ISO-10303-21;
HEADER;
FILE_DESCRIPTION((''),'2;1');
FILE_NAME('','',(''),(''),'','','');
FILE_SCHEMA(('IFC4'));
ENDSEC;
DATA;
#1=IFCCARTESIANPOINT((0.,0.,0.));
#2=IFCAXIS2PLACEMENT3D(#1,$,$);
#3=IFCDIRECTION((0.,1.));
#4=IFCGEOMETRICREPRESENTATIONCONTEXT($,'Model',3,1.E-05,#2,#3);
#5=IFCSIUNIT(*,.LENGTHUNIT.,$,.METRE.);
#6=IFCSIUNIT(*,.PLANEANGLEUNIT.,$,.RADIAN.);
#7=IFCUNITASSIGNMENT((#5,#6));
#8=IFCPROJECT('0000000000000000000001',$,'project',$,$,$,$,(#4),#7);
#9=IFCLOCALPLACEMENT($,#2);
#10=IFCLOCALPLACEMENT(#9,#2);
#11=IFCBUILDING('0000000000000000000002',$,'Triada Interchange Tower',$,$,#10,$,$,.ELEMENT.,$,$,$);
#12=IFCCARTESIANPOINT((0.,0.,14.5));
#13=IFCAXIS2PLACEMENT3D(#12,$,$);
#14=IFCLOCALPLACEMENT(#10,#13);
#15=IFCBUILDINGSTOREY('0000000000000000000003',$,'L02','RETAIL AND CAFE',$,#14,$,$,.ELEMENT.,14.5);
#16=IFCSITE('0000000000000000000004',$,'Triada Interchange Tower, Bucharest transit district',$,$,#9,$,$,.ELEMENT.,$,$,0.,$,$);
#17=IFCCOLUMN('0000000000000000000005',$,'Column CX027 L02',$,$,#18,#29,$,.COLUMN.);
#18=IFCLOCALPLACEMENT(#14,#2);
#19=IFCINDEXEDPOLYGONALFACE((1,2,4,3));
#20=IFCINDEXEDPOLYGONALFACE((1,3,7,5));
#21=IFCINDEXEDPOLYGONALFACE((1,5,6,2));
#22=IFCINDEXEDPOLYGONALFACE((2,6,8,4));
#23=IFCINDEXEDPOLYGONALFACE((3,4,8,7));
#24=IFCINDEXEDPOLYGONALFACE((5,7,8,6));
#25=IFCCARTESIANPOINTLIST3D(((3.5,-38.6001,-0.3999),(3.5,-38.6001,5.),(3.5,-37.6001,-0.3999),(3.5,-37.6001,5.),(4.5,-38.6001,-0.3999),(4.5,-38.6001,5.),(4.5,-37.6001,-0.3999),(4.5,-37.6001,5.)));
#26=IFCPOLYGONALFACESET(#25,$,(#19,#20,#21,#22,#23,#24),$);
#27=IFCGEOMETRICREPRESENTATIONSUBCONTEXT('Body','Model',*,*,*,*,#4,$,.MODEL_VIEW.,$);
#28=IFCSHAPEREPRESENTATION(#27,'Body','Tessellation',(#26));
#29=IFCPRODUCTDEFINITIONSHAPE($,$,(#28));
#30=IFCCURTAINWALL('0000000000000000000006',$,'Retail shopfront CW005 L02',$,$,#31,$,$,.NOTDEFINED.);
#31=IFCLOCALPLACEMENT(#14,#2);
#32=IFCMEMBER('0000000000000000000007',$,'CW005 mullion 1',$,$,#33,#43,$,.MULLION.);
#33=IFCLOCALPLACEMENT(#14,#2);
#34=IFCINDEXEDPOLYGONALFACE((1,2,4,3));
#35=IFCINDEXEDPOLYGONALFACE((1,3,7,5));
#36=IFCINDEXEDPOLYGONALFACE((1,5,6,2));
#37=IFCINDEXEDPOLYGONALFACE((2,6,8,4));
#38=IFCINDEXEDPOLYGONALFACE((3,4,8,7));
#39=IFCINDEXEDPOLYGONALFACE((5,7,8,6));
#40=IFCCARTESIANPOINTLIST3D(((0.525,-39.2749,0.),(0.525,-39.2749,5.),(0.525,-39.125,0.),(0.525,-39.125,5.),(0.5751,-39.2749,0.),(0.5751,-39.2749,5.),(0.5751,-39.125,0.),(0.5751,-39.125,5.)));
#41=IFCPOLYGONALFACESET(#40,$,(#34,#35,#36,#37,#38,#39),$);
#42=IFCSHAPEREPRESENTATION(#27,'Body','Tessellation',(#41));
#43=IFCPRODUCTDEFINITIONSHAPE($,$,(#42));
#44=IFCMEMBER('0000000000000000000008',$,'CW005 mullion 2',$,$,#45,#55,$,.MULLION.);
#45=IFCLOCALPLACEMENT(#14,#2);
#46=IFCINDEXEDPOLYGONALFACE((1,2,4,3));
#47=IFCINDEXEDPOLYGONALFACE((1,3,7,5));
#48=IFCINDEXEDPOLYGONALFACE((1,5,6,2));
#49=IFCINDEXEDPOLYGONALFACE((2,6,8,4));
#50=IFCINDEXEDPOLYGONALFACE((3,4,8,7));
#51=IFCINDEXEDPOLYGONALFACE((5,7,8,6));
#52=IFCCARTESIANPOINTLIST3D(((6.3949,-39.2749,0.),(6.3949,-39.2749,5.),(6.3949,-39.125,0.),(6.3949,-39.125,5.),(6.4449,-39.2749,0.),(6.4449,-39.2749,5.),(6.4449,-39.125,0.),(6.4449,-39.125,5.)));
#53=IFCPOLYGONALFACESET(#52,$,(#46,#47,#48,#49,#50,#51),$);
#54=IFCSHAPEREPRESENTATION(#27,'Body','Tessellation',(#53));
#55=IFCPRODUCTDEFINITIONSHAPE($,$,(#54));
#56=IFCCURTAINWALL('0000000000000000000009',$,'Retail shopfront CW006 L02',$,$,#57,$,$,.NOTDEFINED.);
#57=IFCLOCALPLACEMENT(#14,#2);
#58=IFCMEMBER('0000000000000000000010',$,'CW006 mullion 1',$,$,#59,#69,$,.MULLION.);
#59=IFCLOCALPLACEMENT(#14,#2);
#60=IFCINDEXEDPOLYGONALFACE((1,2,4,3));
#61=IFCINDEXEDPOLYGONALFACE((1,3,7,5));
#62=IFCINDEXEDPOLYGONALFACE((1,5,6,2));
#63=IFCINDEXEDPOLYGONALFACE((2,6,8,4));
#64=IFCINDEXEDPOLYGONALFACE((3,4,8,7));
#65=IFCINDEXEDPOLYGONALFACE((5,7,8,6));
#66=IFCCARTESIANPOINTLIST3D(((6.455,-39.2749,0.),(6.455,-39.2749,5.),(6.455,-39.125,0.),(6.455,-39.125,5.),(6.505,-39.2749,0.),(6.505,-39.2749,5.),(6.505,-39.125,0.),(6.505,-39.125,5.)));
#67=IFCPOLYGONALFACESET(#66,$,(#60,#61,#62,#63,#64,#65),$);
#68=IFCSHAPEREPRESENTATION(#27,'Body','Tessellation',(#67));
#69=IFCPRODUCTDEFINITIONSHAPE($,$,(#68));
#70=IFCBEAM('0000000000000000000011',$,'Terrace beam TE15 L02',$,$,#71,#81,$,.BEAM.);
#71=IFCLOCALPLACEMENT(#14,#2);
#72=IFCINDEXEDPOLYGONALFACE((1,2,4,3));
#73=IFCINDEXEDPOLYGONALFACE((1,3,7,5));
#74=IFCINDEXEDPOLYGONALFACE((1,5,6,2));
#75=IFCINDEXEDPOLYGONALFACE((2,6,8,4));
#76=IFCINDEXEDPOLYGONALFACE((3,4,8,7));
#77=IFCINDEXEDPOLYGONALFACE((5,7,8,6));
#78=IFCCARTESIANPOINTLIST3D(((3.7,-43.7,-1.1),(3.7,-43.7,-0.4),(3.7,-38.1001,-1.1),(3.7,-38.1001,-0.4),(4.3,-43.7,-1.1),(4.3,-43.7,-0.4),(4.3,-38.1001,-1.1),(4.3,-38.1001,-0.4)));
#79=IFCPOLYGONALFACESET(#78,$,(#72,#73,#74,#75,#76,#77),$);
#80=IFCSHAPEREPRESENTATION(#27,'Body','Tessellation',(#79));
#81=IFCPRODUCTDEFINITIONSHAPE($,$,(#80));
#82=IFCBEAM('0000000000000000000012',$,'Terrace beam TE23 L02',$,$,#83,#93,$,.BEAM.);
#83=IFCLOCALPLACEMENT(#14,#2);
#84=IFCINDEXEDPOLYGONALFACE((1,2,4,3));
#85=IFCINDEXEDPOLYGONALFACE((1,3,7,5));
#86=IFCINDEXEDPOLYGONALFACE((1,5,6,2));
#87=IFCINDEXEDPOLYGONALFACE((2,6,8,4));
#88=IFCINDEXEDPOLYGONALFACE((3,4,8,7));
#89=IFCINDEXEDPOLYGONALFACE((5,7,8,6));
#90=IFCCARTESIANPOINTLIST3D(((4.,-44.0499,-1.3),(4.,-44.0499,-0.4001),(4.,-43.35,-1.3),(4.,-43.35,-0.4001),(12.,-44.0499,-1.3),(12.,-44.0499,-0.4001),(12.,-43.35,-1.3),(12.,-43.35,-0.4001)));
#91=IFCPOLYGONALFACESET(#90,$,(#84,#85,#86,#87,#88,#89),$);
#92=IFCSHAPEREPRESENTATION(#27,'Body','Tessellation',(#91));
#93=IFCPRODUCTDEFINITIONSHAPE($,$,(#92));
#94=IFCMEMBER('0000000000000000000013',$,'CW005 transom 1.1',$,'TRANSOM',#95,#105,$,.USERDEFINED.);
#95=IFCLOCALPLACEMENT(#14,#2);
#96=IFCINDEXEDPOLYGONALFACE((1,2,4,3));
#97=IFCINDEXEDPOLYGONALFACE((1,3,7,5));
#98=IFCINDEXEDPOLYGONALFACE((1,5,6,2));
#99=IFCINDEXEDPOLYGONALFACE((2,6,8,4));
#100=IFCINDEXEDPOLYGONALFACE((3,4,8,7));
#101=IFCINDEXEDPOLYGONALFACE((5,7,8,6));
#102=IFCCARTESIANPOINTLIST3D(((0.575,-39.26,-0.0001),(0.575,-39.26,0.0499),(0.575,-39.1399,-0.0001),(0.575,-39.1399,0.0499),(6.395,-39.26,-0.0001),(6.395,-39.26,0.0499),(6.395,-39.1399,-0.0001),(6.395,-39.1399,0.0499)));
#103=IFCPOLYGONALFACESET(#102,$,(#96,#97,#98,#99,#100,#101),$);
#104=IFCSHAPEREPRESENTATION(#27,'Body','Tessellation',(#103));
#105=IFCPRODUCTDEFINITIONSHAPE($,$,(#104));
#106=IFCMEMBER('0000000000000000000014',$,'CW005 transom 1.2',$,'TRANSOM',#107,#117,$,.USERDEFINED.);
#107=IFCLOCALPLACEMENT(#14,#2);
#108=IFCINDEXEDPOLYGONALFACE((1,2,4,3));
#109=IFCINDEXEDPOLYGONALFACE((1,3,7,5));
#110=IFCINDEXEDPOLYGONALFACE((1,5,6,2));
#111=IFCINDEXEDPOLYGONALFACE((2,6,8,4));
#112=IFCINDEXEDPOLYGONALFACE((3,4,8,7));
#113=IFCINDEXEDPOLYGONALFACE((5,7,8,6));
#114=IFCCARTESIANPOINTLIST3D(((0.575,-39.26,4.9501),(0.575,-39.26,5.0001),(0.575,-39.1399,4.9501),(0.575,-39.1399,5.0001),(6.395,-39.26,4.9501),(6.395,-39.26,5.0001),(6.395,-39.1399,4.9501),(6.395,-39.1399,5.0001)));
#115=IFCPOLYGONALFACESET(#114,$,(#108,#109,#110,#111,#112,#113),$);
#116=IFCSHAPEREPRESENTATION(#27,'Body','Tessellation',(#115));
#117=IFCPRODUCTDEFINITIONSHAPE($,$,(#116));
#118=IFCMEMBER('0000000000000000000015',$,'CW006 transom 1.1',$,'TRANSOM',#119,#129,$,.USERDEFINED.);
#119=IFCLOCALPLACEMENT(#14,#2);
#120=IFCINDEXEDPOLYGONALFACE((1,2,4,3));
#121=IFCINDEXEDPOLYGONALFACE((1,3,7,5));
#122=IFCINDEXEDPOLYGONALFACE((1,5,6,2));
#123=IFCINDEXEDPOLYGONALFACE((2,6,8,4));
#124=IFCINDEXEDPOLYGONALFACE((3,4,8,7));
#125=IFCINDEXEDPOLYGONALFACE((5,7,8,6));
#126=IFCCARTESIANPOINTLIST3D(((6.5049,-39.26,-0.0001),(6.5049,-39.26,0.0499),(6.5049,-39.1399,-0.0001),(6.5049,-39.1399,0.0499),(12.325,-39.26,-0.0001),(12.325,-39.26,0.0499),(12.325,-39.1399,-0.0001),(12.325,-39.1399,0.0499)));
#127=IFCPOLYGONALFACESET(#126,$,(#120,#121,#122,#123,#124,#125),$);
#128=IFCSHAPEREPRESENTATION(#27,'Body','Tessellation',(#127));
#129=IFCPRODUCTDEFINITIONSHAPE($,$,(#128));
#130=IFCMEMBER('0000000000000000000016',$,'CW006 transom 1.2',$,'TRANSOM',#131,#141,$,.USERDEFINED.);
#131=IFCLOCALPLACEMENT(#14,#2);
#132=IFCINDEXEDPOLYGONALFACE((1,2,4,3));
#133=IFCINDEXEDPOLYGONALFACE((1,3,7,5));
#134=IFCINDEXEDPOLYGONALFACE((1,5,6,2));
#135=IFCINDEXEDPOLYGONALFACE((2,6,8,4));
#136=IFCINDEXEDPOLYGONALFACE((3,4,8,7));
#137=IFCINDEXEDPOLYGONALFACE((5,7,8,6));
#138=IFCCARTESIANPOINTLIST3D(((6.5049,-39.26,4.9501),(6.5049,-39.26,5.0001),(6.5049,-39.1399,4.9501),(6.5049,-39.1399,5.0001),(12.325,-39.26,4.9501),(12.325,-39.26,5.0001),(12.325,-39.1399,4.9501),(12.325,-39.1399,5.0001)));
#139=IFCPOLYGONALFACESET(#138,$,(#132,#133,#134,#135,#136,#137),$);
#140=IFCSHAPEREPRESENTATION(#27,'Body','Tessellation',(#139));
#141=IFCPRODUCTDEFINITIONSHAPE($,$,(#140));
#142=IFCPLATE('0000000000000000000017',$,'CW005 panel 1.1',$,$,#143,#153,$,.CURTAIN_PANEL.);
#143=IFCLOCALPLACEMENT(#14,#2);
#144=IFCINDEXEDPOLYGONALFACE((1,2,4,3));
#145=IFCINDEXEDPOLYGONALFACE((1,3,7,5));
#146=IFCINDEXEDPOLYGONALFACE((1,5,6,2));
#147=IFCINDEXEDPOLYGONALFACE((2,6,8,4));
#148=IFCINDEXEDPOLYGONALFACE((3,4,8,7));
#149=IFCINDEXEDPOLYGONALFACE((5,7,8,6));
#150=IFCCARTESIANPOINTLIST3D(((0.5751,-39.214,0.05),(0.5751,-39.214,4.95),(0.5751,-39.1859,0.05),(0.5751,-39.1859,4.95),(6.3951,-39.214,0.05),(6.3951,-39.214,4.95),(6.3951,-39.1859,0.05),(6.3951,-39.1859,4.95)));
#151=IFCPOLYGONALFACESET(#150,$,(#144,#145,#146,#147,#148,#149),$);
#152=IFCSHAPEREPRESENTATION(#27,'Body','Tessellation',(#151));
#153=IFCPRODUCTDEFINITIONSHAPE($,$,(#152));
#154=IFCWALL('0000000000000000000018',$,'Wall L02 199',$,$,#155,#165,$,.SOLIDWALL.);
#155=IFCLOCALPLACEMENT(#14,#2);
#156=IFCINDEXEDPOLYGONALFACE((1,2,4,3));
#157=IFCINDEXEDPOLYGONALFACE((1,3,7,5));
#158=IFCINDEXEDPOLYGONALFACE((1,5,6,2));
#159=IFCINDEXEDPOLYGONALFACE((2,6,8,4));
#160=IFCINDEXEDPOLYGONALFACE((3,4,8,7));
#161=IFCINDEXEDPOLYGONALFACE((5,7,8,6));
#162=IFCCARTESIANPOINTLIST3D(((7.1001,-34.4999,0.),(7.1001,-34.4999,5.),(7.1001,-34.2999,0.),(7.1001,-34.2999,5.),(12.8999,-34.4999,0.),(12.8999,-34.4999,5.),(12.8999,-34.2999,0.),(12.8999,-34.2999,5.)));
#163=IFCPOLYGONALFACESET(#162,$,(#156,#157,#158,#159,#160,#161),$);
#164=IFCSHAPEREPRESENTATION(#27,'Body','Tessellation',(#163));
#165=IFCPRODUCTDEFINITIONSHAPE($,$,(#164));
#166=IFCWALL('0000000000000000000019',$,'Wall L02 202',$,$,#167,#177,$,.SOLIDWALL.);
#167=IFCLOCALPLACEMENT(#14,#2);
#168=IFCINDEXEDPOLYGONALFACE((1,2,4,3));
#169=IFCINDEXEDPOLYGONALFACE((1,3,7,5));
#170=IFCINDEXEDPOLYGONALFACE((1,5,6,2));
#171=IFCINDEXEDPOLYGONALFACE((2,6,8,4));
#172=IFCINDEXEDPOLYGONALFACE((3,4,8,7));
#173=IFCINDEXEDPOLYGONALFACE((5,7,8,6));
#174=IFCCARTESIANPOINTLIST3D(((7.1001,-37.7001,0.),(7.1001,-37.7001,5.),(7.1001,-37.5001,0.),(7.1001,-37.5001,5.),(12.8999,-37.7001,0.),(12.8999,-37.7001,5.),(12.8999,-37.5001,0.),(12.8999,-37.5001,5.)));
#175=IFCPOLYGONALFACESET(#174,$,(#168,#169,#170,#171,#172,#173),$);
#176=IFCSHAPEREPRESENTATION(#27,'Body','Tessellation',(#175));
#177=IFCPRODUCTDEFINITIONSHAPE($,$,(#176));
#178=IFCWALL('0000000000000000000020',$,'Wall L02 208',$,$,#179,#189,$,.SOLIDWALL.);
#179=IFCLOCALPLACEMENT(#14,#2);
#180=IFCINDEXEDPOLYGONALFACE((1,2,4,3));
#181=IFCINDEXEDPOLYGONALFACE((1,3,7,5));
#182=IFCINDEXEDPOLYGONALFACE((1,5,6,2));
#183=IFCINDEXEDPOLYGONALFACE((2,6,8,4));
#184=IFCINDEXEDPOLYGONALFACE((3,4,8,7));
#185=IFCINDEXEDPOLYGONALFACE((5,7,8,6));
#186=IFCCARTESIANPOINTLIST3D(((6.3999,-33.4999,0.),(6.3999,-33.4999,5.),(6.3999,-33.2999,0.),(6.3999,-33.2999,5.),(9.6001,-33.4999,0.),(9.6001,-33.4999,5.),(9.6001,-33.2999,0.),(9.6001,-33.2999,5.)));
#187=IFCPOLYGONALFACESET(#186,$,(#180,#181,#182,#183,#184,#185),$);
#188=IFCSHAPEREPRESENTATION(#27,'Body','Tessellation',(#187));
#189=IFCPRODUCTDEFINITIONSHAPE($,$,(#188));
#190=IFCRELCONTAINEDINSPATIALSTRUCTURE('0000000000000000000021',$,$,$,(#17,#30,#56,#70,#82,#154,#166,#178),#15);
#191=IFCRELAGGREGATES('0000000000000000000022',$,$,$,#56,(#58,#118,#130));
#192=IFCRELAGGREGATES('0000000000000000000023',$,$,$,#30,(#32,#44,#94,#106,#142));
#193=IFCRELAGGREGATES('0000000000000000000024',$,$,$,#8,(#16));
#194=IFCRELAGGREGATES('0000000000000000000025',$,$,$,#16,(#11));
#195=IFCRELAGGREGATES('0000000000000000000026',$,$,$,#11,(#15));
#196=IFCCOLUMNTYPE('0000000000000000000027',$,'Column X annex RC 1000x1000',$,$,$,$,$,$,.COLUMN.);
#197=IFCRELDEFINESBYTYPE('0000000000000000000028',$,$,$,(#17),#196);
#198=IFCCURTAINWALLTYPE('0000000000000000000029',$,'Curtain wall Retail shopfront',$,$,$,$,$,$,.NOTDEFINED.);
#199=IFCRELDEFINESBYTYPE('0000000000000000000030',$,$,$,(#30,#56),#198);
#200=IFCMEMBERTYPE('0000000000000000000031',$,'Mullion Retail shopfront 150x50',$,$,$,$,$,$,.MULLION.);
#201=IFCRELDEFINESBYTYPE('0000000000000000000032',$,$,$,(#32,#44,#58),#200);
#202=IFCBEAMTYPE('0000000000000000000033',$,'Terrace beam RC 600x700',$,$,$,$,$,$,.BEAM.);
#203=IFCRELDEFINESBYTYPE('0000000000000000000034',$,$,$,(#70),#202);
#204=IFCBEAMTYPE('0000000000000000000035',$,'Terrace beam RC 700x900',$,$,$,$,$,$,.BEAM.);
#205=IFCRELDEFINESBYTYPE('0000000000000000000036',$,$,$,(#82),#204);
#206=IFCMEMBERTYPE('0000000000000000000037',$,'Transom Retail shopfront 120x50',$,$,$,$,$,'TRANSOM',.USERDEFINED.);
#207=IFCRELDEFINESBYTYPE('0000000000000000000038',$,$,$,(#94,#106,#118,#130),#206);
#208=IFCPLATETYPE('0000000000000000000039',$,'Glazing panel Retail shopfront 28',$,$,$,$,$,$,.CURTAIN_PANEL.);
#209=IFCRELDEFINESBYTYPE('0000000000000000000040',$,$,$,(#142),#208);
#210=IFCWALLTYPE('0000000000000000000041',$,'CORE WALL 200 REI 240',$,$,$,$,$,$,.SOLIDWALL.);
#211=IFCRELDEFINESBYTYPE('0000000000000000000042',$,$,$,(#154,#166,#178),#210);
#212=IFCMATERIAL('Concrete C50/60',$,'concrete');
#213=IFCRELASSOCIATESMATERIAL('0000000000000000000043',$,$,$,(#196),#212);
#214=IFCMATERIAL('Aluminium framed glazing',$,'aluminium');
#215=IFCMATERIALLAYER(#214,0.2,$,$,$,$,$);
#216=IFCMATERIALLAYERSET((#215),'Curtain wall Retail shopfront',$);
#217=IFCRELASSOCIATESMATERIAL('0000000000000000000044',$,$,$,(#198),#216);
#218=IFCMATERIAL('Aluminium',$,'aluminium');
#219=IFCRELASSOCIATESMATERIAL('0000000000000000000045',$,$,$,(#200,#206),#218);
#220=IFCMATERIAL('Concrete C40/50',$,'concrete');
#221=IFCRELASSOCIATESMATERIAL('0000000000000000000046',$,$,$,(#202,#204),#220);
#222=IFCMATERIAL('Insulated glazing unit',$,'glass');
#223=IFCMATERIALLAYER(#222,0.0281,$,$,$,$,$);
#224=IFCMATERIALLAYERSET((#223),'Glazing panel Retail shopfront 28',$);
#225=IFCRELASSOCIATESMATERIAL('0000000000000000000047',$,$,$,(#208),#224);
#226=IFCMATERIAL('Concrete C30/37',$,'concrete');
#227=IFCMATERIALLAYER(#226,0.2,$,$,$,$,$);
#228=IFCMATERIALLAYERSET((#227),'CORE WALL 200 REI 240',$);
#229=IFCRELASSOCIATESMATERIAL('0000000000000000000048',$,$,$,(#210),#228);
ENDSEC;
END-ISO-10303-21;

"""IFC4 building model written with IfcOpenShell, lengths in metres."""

from ifc_helpers import new_model, si_unit, direction, frame, frame_2d, origin, origin_2d, place, context, subcontext, project, spatial, rectangle, extrude, material, layer, layer_set, material_profile, profile_set, type_object, element, aggregate, save


model = new_model("IFC4")

# Units and contexts
model_context = context("Model", 3, precision=1e-05, world=origin(), true_north=direction((0.0, 1.0)))
body_context = subcontext(model_context, "Body", "Model", "MODEL_VIEW")
ifc_project = project(units=[si_unit("LENGTHUNIT", "METRE"), si_unit("PLANEANGLEUNIT", "RADIAN")], contexts=[model_context])

# Site, building, storey
site_placement = place(None, origin())
site = spatial("IfcSite", under=ifc_project, at=site_placement, Name="Triada Interchange Tower, Bucharest transit district", CompositionType="ELEMENT", RefElevation=0.0)
building_placement = place(site_placement, origin())
building = spatial("IfcBuilding", under=site, at=building_placement, Name="Triada Interchange Tower", CompositionType="ELEMENT")
storey_placement = place(building_placement, frame((0.0, 0.0, 14.5)))
storey = spatial("IfcBuildingStorey", under=building, at=storey_placement, Name="L02", Description="RETAIL AND CAFE", CompositionType="ELEMENT", Elevation=14.5)

# Column
ifc_material_1 = material(Name="Concrete C50/60", Category="concrete")
ifc_material_profile_1 = material_profile(ifc_material_1, rectangle(XDim=1.0, YDim=1.0, at=origin_2d()), Name="RC 1000x1000")
ifc_profile_set_1 = profile_set([ifc_material_profile_1], Name="Concrete C50/60")
column_type = type_object("IfcColumnType", Name="Column X annex RC 1000x1000", PredefinedType="COLUMN", material=ifc_profile_set_1)
column_placement = place(storey_placement, frame((4.0, -38.1001, -0.3999), z_axis=(0.0, 0.0, 1.0), x_axis=(1.0, 0.0, 0.0)))
element("IfcColumn", 1, at=column_placement, inside=storey, type_object=column_type, Name="Column CX027 L02", PredefinedType="COLUMN", context=body_context, shape_type="SweptSolid", body=[
    extrude(rectangle(XDim=1.0, YDim=1.0, at=origin_2d()), origin(), (0.0, 0.0, 1.0), 5.3999),
])

# Curtain wall, members
ifc_material_2 = material(Name="Aluminium framed glazing", Category="aluminium")
ifc_layer_1 = layer(ifc_material_2, 0.2)
ifc_layer_set_1 = layer_set([ifc_layer_1], Name="Curtain wall Retail shopfront")
curtain_wall_type = type_object("IfcCurtainWallType", Name="Curtain wall Retail shopfront", PredefinedType="NOTDEFINED", material=ifc_layer_set_1)
curtain_wall_1_placement = place(storey_placement, origin())
curtain_wall_1 = element("IfcCurtainWall", 2, at=curtain_wall_1_placement, inside=storey, type_object=curtain_wall_type, Name="Retail shopfront CW005 L02", PredefinedType="NOTDEFINED")
ifc_material_3 = material(Name="Aluminium", Category="aluminium")
ifc_material_profile_2 = material_profile(ifc_material_3, rectangle(XDim=0.1499, YDim=0.05, at=origin_2d()), Name="Aluminium mullion")
ifc_profile_set_2 = profile_set([ifc_material_profile_2], Name="Aluminium")
member_type_1 = type_object("IfcMemberType", Name="Mullion Retail shopfront 150x50", PredefinedType="MULLION", material=ifc_profile_set_2)
member_1_placement = place(storey_placement, frame((0.55, -39.2, 0.0), z_axis=(0.0, 0.0, 1.0), x_axis=(0.0, 1.0, 0.0)))
member_1 = element("IfcMember", 3, at=member_1_placement, type_object=member_type_1, Name="CW005 mullion 1", PredefinedType="MULLION", context=body_context, shape_type="SweptSolid", body=[
    extrude(rectangle(XDim=0.1499, YDim=0.05, at=origin_2d()), origin(), (0.0, 0.0, 1.0), 5.0),
])
member_2_placement = place(storey_placement, frame((6.4199, -39.2, 0.0), z_axis=(0.0, 0.0, 1.0), x_axis=(0.0, 1.0, 0.0)))
member_2 = element("IfcMember", 4, at=member_2_placement, type_object=member_type_1, Name="CW005 mullion 2", PredefinedType="MULLION", context=body_context, shape_type="SweptSolid", body=[
    extrude(rectangle(XDim=0.1499, YDim=0.05, at=origin_2d()), origin(), (0.0, 0.0, 1.0), 5.0),
])

# Curtain wall, member
curtain_wall_2_placement = place(storey_placement, origin())
curtain_wall_2 = element("IfcCurtainWall", 5, at=curtain_wall_2_placement, inside=storey, type_object=curtain_wall_type, Name="Retail shopfront CW006 L02", PredefinedType="NOTDEFINED")
member_3_placement = place(storey_placement, frame((6.48, -39.2, 0.0), z_axis=(0.0, 0.0, 1.0), x_axis=(0.0, 1.0, 0.0)))
member_3 = element("IfcMember", 6, at=member_3_placement, type_object=member_type_1, Name="CW006 mullion 1", PredefinedType="MULLION", context=body_context, shape_type="SweptSolid", body=[
    extrude(rectangle(XDim=0.1499, YDim=0.05, at=origin_2d()), origin(), (0.0, 0.0, 1.0), 5.0),
])

# Beams
ifc_material_4 = material(Name="Concrete C40/50", Category="concrete")
ifc_material_profile_3 = material_profile(ifc_material_4, rectangle(XDim=0.6001, YDim=0.7, at=origin_2d()), Name="RC 600x700")
ifc_profile_set_3 = profile_set([ifc_material_profile_3], Name="Concrete C40/50")
beam_type_1 = type_object("IfcBeamType", Name="Terrace beam RC 600x700", PredefinedType="BEAM", material=ifc_profile_set_3)
beam_1_placement = place(storey_placement, frame((4.0, -43.7, -0.75), z_axis=(0.0, 1.0, 0.0), x_axis=(-1.0, 0.0, 0.0)))
element("IfcBeam", 7, at=beam_1_placement, inside=storey, type_object=beam_type_1, Name="Terrace beam TE15 L02", PredefinedType="BEAM", context=body_context, shape_type="SweptSolid", body=[
    extrude(rectangle(XDim=0.6001, YDim=0.7, at=origin_2d()), origin(), (0.0, 0.0, 1.0), 5.5999),
])
ifc_material_profile_4 = material_profile(ifc_material_4, rectangle(XDim=0.7, YDim=0.8999, at=origin_2d()), Name="RC 700x900")
ifc_profile_set_4 = profile_set([ifc_material_profile_4], Name="Concrete C40/50")
beam_type_2 = type_object("IfcBeamType", Name="Terrace beam RC 700x900", PredefinedType="BEAM", material=ifc_profile_set_4)
beam_2_placement = place(storey_placement, frame((4.0, -43.7, -0.8501), z_axis=(1.0, 0.0, 0.0), x_axis=(0.0, 1.0, 0.0)))
element("IfcBeam", 8, at=beam_2_placement, inside=storey, type_object=beam_type_2, Name="Terrace beam TE23 L02", PredefinedType="BEAM", context=body_context, shape_type="SweptSolid", body=[
    extrude(rectangle(XDim=0.7, YDim=0.8999, at=origin_2d()), origin(), (0.0, 0.0, 1.0), 8.0),
])

# Members
ifc_material_profile_5 = material_profile(ifc_material_3, rectangle(XDim=0.1201, YDim=0.05, at=origin_2d()), Name="Aluminium transom")
ifc_profile_set_5 = profile_set([ifc_material_profile_5], Name="Aluminium")
member_type_2 = type_object("IfcMemberType", Name="Transom Retail shopfront 120x50", ElementType="TRANSOM", PredefinedType="USERDEFINED", material=ifc_profile_set_5)
member_4_placement = place(storey_placement, frame((0.575, -39.2, 0.0249), z_axis=(1.0, 0.0, 0.0), x_axis=(0.0, 1.0, 0.0)))
member_4 = element("IfcMember", 9, at=member_4_placement, type_object=member_type_2, Name="CW005 transom 1.1", ObjectType="TRANSOM", PredefinedType="USERDEFINED", context=body_context, shape_type="SweptSolid", body=[
    extrude(rectangle(XDim=0.1201, YDim=0.05, at=origin_2d()), origin(), (0.0, 0.0, 1.0), 5.8201),
])
member_5_placement = place(storey_placement, frame((0.575, -39.2, 4.9751), z_axis=(1.0, 0.0, 0.0), x_axis=(0.0, 1.0, 0.0)))
member_5 = element("IfcMember", 10, at=member_5_placement, type_object=member_type_2, Name="CW005 transom 1.2", ObjectType="TRANSOM", PredefinedType="USERDEFINED", context=body_context, shape_type="SweptSolid", body=[
    extrude(rectangle(XDim=0.1201, YDim=0.05, at=origin_2d()), origin(), (0.0, 0.0, 1.0), 5.8201),
])
member_6_placement = place(storey_placement, frame((6.5049, -39.2, 0.0249), z_axis=(1.0, 0.0, 0.0), x_axis=(0.0, 1.0, 0.0)))
member_6 = element("IfcMember", 11, at=member_6_placement, type_object=member_type_2, Name="CW006 transom 1.1", ObjectType="TRANSOM", PredefinedType="USERDEFINED", context=body_context, shape_type="SweptSolid", body=[
    extrude(rectangle(XDim=0.1201, YDim=0.05, at=origin_2d()), origin(), (0.0, 0.0, 1.0), 5.8201),
])
member_7_placement = place(storey_placement, frame((6.5049, -39.2, 4.9751), z_axis=(1.0, 0.0, 0.0), x_axis=(0.0, 1.0, 0.0)))
member_7 = element("IfcMember", 12, at=member_7_placement, type_object=member_type_2, Name="CW006 transom 1.2", ObjectType="TRANSOM", PredefinedType="USERDEFINED", context=body_context, shape_type="SweptSolid", body=[
    extrude(rectangle(XDim=0.1201, YDim=0.05, at=origin_2d()), origin(), (0.0, 0.0, 1.0), 5.8201),
])
aggregate(curtain_wall_2, [member_3, member_6, member_7])

# Plate
ifc_material_5 = material(Name="Insulated glazing unit", Category="glass")
ifc_layer_2 = layer(ifc_material_5, 0.0281)
ifc_layer_set_2 = layer_set([ifc_layer_2], Name="Glazing panel Retail shopfront 28")
plate_type = type_object("IfcPlateType", Name="Glazing panel Retail shopfront 28", PredefinedType="CURTAIN_PANEL", material=ifc_layer_set_2)
plate_placement = place(storey_placement, frame((3.4851, -39.2, 0.05), z_axis=(0.0, 0.0, 1.0), x_axis=(1.0, 0.0, 0.0)))
plate = element("IfcPlate", 13, at=plate_placement, type_object=plate_type, Name="CW005 panel 1.1", PredefinedType="CURTAIN_PANEL", context=body_context, shape_type="SweptSolid", body=[
    extrude(rectangle(XDim=5.8201, YDim=0.0281, at=origin_2d()), origin(), (0.0, 0.0, 1.0), 4.8999),
])
aggregate(curtain_wall_1, [member_1, member_2, member_4, member_5, plate])

# Walls
ifc_material_6 = material(Name="Concrete C30/37", Category="concrete")
ifc_layer_3 = layer(ifc_material_6, 0.2)
ifc_layer_set_3 = layer_set([ifc_layer_3], Name="CORE WALL 200 REI 240")
wall_type_1 = type_object("IfcWallType", Name="CORE WALL 200 REI 240", PredefinedType="SOLIDWALL", material=ifc_layer_set_3)
for number, where, z_axis, x_axis, name in (
    (14, (7.1001, -34.3999, 0.0), (0.0, 0.0, 1.0), (1.0, 0.0, 0.0), "Wall L02 199"),
    (15, (7.1001, -37.6001, 0.0), (0.0, 0.0, 1.0), (1.0, 0.0, 0.0), "Wall L02 202"),
):
    element("IfcWall", number, at=place(storey_placement, frame(where, z_axis=z_axis, x_axis=x_axis)), inside=storey, type_object=wall_type_1, Name=name, PredefinedType="SOLIDWALL", context=body_context, shape_type="SweptSolid", body=[
        extrude(rectangle(XDim=5.7998, YDim=0.2, at=frame_2d((2.8999, 0.0))), origin(), (0.0, 0.0, 1.0), 5.0),
    ])
wall_1_placement = place(storey_placement, frame((6.3999, -33.3999, 0.0), z_axis=(0.0, 0.0, 1.0), x_axis=(1.0, 0.0, 0.0)))
element("IfcWall", 16, at=wall_1_placement, inside=storey, type_object=wall_type_1, Name="Wall L02 208", PredefinedType="SOLIDWALL", context=body_context, shape_type="SweptSolid", body=[
    extrude(rectangle(XDim=3.2002, YDim=0.2, at=frame_2d((1.6001, 0.0))), origin(), (0.0, 0.0, 1.0), 5.0),
])

save(model, "model.ifc")
